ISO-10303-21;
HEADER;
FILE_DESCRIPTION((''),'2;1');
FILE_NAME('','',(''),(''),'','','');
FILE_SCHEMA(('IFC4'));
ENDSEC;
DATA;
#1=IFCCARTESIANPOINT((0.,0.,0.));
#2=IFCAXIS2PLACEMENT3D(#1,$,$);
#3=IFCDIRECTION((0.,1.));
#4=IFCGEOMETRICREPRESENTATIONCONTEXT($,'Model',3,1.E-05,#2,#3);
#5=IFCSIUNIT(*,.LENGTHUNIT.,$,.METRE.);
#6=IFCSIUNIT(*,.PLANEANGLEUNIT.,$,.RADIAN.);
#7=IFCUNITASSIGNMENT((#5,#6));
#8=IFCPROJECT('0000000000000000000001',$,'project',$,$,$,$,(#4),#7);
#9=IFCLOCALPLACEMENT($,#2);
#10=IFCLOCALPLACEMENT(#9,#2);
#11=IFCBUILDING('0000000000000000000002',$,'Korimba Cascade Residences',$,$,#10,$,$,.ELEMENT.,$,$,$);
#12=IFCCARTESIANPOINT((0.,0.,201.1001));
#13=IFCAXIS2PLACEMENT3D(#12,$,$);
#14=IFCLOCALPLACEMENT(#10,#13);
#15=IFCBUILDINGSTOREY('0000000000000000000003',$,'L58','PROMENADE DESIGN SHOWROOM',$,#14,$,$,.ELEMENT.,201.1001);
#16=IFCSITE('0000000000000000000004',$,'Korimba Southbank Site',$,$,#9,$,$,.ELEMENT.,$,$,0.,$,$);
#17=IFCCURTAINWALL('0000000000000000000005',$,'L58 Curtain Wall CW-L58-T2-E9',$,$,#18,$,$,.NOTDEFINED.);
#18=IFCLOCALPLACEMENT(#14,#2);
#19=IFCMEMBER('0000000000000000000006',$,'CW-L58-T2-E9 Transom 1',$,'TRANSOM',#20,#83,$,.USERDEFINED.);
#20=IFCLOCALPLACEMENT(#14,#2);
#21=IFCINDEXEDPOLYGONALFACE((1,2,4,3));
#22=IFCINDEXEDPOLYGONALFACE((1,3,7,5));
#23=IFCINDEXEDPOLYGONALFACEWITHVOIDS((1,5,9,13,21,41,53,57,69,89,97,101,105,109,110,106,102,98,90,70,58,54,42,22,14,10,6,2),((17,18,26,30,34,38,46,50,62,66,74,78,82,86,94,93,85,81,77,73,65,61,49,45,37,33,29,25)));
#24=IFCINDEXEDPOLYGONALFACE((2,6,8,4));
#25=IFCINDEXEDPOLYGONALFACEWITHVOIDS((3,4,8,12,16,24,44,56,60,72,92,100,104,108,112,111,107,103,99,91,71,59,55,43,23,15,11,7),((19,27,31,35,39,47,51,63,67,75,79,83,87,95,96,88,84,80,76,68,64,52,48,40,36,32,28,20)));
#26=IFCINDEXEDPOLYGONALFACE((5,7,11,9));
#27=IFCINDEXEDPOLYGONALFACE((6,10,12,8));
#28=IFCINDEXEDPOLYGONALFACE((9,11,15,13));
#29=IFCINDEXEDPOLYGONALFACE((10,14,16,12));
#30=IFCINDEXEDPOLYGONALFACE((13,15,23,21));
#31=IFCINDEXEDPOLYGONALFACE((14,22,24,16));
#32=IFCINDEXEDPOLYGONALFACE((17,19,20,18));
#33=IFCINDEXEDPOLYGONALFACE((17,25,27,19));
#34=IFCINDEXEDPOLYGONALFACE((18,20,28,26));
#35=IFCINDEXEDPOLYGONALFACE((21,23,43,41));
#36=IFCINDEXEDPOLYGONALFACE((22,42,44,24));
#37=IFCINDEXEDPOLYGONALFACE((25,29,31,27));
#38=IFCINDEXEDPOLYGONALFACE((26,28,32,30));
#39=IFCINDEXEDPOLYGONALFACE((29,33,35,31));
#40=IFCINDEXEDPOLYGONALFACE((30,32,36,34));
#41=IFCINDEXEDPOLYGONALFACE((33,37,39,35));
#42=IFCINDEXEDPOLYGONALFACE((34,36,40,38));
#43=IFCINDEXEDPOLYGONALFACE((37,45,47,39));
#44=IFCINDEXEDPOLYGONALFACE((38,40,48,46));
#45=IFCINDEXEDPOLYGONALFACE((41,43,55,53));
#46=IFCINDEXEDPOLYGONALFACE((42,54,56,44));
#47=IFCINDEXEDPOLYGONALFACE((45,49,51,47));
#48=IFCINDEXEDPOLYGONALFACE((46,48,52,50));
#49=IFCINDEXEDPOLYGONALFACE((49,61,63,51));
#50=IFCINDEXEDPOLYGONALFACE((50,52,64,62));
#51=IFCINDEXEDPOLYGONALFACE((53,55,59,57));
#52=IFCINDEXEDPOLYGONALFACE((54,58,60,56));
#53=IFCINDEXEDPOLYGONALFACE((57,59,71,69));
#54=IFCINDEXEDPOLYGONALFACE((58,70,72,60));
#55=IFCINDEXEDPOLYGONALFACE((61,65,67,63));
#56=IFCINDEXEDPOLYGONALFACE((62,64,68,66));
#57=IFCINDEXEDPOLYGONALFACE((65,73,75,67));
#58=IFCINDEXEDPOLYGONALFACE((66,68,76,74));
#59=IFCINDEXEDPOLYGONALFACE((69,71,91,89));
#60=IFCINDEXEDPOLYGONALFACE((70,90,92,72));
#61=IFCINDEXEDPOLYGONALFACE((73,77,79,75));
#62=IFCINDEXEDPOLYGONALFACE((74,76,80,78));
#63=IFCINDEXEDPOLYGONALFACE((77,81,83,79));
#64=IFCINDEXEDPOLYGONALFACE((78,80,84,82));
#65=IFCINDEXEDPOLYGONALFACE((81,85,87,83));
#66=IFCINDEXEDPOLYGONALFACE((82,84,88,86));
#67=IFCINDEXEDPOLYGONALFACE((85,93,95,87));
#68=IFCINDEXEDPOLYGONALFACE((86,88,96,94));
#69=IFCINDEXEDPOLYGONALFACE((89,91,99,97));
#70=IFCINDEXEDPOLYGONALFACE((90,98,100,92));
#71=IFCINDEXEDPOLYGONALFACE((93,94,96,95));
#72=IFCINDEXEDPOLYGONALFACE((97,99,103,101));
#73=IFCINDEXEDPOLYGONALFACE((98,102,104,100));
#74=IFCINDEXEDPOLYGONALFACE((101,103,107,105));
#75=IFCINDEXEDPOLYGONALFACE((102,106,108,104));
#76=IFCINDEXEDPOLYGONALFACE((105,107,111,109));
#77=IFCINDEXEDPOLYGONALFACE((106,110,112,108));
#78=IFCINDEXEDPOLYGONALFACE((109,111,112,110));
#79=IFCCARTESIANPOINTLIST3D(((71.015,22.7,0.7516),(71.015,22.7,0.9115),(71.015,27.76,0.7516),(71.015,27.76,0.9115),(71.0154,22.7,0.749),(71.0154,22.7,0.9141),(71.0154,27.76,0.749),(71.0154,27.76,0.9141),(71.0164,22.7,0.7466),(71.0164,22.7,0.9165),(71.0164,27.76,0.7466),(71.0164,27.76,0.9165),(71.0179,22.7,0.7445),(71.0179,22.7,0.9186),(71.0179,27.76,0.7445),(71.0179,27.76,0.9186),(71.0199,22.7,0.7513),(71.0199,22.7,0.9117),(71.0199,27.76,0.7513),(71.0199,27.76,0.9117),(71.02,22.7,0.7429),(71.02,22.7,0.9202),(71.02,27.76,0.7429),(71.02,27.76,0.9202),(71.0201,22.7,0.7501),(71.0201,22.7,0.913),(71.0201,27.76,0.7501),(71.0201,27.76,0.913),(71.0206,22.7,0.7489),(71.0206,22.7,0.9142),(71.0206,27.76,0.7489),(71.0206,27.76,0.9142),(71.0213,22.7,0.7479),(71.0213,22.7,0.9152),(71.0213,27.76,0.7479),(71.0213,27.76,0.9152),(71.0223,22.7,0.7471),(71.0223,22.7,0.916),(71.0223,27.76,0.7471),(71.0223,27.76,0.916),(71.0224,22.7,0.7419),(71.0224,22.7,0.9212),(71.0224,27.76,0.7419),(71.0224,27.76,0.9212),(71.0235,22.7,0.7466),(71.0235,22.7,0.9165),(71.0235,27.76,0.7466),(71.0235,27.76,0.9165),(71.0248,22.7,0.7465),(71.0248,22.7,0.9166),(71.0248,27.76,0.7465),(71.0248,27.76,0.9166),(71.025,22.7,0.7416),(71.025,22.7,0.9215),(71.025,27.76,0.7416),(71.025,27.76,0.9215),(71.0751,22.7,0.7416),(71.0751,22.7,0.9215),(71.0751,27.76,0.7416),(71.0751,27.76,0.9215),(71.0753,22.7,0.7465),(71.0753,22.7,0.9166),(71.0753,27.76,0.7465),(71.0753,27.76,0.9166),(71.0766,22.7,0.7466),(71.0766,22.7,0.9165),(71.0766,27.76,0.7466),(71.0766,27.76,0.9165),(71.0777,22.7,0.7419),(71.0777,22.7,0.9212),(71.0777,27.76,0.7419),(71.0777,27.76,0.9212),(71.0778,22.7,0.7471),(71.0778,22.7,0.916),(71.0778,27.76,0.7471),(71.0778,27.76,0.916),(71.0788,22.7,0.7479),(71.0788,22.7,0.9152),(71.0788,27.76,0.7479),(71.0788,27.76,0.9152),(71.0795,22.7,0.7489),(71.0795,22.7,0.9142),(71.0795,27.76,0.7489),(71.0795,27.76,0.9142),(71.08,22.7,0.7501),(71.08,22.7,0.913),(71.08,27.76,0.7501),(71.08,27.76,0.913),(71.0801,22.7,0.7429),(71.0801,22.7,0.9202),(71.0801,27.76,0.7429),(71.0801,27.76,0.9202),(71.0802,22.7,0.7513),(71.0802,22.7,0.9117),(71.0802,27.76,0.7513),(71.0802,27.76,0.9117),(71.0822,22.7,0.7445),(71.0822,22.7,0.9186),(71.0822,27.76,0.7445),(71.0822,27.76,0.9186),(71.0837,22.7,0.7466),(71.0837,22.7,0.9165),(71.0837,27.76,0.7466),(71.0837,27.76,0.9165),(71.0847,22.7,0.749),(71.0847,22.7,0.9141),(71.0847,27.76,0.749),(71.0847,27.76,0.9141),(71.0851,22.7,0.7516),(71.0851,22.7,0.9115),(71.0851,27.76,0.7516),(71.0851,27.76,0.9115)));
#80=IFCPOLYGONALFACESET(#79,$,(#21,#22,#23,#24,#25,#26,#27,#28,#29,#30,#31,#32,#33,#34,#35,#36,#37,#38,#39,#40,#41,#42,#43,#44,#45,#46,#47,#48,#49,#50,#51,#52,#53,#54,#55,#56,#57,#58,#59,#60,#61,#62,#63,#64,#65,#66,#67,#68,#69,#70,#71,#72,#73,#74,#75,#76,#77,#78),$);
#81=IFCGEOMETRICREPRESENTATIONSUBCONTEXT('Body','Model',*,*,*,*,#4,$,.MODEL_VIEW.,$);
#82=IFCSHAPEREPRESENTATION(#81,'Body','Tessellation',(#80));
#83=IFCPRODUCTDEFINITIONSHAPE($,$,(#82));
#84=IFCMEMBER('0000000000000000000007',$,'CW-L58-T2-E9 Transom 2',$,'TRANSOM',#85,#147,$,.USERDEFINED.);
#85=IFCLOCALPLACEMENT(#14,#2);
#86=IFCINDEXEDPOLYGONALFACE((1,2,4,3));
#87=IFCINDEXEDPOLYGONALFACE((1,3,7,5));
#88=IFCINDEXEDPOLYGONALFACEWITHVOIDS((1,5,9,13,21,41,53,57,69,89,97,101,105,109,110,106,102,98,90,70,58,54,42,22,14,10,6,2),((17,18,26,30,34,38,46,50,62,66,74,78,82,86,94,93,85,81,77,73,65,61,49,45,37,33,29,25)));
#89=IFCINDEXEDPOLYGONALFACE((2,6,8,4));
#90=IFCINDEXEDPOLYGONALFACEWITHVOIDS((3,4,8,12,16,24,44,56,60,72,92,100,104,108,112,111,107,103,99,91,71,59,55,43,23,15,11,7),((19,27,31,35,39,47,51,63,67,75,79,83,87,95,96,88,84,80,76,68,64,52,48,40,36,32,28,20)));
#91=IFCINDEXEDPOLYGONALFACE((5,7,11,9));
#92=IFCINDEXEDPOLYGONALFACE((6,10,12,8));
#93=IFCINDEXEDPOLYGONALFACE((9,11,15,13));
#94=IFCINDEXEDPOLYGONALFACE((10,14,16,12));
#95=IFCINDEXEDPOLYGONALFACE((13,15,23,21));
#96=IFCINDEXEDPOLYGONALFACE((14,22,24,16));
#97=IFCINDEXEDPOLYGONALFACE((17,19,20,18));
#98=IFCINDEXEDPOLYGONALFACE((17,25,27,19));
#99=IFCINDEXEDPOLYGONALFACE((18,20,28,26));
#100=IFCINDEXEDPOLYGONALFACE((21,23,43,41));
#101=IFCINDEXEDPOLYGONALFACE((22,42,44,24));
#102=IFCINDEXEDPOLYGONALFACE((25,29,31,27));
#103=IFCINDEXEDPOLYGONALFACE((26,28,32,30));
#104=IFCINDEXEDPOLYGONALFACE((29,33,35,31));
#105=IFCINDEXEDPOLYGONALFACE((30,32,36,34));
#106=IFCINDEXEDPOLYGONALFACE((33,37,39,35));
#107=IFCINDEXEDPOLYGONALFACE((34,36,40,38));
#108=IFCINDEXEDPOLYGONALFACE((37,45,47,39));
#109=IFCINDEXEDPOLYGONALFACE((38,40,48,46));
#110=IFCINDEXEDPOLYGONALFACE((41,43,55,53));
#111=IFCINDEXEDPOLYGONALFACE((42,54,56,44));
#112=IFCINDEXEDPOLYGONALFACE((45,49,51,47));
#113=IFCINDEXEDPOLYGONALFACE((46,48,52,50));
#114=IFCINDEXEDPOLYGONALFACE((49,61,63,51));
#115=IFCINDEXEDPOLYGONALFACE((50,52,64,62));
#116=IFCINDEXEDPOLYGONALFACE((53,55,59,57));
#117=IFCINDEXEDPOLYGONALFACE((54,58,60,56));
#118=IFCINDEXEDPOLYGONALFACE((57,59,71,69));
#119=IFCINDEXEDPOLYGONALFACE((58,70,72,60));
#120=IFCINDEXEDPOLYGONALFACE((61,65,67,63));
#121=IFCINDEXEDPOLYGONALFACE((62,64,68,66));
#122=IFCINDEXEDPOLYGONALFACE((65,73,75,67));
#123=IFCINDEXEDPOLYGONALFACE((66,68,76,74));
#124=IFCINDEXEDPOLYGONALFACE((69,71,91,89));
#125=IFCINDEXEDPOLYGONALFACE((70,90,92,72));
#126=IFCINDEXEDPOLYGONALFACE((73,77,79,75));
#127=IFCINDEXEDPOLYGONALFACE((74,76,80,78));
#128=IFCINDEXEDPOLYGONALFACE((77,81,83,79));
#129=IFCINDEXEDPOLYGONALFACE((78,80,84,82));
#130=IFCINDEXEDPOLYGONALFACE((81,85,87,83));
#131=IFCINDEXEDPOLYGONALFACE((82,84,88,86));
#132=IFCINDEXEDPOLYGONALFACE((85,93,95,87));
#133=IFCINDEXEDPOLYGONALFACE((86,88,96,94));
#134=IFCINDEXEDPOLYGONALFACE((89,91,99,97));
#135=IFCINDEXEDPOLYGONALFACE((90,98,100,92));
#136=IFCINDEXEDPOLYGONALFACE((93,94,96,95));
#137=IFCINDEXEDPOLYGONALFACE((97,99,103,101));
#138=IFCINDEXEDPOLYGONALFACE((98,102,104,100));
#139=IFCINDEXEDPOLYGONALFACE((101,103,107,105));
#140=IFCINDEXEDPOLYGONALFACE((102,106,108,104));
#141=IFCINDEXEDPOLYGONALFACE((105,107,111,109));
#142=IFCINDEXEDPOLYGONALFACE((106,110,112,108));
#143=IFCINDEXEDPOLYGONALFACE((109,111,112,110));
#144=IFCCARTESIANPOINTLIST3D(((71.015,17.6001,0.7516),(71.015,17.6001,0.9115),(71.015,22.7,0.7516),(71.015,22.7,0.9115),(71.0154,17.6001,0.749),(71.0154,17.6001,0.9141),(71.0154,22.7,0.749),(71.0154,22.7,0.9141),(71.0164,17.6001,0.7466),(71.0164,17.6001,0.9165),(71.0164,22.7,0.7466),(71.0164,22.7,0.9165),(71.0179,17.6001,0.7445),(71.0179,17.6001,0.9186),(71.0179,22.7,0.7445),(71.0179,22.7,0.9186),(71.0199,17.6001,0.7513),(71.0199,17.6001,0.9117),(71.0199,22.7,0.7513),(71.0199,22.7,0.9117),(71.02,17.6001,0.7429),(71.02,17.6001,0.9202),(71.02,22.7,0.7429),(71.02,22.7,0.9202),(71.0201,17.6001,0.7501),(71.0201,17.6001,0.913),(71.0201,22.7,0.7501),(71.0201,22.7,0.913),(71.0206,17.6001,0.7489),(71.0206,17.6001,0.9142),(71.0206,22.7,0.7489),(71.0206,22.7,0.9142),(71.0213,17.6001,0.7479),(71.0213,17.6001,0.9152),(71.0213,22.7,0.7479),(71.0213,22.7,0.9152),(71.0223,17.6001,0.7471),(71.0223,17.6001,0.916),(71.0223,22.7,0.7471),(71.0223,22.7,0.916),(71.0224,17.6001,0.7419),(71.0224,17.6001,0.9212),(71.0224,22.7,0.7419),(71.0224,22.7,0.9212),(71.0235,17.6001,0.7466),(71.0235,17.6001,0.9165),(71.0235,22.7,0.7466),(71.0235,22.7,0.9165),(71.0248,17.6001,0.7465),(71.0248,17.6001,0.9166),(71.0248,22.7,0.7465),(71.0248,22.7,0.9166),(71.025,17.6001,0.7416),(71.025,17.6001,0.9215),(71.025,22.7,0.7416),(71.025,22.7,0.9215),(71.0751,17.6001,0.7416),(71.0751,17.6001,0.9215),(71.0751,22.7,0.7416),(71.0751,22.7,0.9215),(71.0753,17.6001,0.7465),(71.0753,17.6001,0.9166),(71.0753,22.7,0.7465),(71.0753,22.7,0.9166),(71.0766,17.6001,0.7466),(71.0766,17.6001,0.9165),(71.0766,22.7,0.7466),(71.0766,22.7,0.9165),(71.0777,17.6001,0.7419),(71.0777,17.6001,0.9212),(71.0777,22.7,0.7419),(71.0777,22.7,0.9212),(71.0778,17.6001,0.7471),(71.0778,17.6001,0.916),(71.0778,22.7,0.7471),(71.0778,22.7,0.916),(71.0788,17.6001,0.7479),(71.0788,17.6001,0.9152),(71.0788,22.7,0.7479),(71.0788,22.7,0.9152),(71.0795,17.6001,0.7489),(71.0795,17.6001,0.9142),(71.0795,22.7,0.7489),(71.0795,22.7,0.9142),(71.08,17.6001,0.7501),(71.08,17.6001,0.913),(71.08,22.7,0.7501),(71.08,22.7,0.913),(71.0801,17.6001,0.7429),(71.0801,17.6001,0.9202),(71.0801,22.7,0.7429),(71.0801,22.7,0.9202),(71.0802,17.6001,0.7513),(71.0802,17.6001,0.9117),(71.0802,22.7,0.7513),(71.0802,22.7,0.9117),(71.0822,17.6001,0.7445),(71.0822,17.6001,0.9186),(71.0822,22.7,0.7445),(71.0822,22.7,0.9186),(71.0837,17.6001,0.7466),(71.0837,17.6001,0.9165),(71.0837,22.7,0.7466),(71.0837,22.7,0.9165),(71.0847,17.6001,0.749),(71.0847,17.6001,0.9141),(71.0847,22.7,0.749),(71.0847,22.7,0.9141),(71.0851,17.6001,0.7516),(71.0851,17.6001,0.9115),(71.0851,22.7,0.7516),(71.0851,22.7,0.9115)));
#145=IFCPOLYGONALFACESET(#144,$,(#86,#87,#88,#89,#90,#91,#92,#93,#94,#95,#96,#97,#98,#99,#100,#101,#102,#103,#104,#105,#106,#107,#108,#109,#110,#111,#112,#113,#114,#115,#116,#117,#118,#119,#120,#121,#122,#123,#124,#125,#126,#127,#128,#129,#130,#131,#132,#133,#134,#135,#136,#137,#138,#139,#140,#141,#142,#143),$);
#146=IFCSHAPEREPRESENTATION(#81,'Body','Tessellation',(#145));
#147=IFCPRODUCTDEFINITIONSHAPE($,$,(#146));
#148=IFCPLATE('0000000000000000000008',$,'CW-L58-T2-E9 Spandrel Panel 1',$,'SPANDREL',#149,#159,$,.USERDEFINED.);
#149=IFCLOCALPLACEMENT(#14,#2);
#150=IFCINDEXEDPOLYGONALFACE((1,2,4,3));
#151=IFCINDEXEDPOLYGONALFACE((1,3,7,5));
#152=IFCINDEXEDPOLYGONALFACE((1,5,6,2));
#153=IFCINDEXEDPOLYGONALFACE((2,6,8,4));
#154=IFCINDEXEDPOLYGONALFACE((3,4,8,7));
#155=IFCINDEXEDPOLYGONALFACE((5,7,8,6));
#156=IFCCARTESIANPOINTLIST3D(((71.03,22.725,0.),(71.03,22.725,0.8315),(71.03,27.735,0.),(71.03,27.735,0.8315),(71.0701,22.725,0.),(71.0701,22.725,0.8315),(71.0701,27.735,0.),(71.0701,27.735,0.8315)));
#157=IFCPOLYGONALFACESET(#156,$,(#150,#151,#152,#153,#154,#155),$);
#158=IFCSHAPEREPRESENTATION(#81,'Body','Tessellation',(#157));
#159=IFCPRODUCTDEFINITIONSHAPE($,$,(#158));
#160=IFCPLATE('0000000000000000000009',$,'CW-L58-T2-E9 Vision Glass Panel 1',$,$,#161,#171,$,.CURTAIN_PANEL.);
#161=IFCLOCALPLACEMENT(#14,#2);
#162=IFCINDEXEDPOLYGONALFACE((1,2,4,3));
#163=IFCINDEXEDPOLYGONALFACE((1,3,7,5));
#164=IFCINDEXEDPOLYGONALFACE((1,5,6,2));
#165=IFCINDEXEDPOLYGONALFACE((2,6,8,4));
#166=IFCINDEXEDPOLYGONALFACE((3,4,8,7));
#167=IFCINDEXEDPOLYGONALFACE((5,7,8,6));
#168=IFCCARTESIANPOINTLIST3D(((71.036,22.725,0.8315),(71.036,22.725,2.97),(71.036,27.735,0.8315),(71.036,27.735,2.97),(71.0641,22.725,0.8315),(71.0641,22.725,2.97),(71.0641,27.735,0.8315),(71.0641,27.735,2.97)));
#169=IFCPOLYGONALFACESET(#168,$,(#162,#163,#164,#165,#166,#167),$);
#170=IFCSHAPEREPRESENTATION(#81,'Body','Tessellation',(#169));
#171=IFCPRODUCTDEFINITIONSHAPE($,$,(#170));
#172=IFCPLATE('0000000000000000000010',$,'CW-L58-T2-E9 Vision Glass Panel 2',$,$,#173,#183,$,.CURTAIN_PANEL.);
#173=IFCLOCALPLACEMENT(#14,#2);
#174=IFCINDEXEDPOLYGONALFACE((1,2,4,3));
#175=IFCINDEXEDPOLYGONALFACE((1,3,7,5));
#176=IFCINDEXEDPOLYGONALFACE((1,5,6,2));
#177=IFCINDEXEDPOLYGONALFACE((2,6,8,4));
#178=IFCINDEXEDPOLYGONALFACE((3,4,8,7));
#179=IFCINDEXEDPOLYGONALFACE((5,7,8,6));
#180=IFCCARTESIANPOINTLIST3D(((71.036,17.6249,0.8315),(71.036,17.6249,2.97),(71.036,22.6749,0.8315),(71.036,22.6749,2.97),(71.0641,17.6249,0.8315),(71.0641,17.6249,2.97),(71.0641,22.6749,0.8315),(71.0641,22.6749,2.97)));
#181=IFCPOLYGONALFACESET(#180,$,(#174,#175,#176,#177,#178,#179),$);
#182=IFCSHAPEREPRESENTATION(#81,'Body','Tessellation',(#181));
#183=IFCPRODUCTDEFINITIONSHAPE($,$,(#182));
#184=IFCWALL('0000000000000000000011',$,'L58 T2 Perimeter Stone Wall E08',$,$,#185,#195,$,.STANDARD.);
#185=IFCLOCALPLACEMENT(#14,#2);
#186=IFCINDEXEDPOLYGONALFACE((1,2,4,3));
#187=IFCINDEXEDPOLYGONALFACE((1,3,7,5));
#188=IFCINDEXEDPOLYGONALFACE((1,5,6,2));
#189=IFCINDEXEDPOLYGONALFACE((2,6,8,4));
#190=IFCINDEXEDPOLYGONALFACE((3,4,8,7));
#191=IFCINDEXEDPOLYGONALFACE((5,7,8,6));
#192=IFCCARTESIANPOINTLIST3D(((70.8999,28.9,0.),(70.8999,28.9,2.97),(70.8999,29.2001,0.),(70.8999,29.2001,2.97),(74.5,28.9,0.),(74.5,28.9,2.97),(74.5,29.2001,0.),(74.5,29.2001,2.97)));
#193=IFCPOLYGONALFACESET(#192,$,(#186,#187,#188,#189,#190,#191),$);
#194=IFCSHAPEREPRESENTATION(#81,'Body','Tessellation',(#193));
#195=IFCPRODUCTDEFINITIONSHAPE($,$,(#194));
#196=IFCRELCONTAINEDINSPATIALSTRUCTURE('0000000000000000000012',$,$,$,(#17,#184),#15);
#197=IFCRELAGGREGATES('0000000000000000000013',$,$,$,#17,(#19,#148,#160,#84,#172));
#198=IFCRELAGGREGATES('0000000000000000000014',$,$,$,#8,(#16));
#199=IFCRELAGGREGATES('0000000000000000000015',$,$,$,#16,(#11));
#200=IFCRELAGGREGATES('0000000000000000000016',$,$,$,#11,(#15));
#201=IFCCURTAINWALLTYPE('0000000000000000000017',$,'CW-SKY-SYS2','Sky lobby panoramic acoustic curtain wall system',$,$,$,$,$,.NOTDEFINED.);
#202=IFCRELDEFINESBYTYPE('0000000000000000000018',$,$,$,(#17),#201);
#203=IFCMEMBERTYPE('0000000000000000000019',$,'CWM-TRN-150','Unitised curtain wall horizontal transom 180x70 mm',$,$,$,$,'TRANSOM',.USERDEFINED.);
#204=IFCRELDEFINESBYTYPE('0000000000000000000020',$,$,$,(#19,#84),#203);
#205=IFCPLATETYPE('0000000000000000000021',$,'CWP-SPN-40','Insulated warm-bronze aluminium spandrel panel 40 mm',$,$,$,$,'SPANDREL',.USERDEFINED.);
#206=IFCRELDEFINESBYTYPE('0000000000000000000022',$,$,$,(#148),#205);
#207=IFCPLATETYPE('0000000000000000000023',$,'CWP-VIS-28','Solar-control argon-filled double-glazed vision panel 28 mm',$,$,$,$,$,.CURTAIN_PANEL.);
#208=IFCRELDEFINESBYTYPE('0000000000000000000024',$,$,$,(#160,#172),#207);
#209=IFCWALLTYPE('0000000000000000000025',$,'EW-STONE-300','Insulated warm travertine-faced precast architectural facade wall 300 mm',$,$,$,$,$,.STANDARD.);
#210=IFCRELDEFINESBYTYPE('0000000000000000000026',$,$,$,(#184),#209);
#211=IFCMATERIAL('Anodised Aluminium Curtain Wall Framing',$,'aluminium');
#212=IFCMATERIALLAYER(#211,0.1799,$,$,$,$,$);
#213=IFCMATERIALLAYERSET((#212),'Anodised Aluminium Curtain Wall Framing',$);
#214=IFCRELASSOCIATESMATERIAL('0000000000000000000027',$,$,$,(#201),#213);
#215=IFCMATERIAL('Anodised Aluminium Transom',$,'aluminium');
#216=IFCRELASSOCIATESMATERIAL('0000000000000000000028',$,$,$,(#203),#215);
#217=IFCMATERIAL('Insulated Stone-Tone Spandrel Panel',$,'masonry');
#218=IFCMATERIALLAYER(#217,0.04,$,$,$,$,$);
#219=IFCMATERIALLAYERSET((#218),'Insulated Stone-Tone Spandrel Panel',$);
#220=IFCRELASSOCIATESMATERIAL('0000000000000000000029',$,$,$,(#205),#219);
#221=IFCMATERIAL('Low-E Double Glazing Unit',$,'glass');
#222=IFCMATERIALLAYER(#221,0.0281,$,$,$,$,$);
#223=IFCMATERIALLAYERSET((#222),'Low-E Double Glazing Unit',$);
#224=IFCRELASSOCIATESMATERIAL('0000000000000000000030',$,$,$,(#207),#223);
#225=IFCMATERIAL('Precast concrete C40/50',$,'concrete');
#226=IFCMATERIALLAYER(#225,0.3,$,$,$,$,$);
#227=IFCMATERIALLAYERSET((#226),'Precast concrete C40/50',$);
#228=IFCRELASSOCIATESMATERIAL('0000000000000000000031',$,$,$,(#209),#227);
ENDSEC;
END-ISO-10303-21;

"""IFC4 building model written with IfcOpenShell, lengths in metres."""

from ifc_helpers import new_model, si_unit, direction, frame, frame_2d, origin, origin_2d, place, context, subcontext, project, spatial, rectangle, hollow_rectangle, extrude, material, layer, layer_set, material_profile, profile_set, type_object, element, aggregate, save


model = new_model("IFC4")

# Units and contexts
model_context = context("Model", 3, precision=1e-05, world=origin(), true_north=direction((0.0, 1.0)))
body_context = subcontext(model_context, "Body", "Model", "MODEL_VIEW")
ifc_project = project(units=[si_unit("LENGTHUNIT", "METRE"), si_unit("PLANEANGLEUNIT", "RADIAN")], contexts=[model_context])

# Site, building, storey
site_placement = place(None, origin())
site = spatial("IfcSite", under=ifc_project, at=site_placement, Name="Korimba Southbank Site", CompositionType="ELEMENT", RefElevation=0.0)
building_placement = place(site_placement, origin())
building = spatial("IfcBuilding", under=site, at=building_placement, Name="Korimba Cascade Residences", CompositionType="ELEMENT")
storey_placement = place(building_placement, frame((0.0, 0.0, 201.1001)))
storey = spatial("IfcBuildingStorey", under=building, at=storey_placement, Name="L58", Description="PROMENADE DESIGN SHOWROOM", CompositionType="ELEMENT", Elevation=201.1001)

# Curtain wall, members, plates
ifc_material_1 = material(Name="Anodised Aluminium Curtain Wall Framing", Category="aluminium")
ifc_layer_1 = layer(ifc_material_1, 0.1799)
ifc_layer_set_1 = layer_set([ifc_layer_1], Name="Anodised Aluminium Curtain Wall Framing")
curtain_wall_type = type_object("IfcCurtainWallType", Name="CW-SKY-SYS2", Description="Sky lobby panoramic acoustic curtain wall system", PredefinedType="NOTDEFINED", material=ifc_layer_set_1)
curtain_wall_placement = place(storey_placement, origin())
curtain_wall = element("IfcCurtainWall", 1, at=curtain_wall_placement, inside=storey, type_object=curtain_wall_type, Name="L58 Curtain Wall CW-L58-T2-E9", PredefinedType="NOTDEFINED")
ifc_material_2 = material(Name="Anodised Aluminium Transom", Category="aluminium")
ifc_material_profile_1 = material_profile(ifc_material_2, hollow_rectangle(XDim=0.0701, YDim=0.1799, WallThickness=0.0049, InnerFilletRadius=0.0049, OuterFilletRadius=0.01, at=origin_2d()), Name="Anodised Aluminium Transom")
ifc_profile_set_1 = profile_set([ifc_material_profile_1], Name="Anodised Aluminium Transom")
member_type_1 = type_object("IfcMemberType", Name="CWM-TRN-150", Description="Unitised curtain wall horizontal transom 180x70 mm", ElementType="TRANSOM", PredefinedType="USERDEFINED", material=ifc_profile_set_1)
member_1_placement = place(storey_placement, frame((71.05, 27.76, 0.8315), z_axis=(0.0, -1.0, 0.0), x_axis=(1.0, 0.0, 0.0)))
member_1 = element("IfcMember", 2, at=member_1_placement, type_object=member_type_1, Name="CW-L58-T2-E9 Transom 1", ObjectType="TRANSOM", PredefinedType="USERDEFINED", context=body_context, shape_type="SweptSolid", body=[
    extrude(hollow_rectangle(XDim=0.0701, YDim=0.1799, WallThickness=0.0049, InnerFilletRadius=0.0049, OuterFilletRadius=0.01, at=origin_2d()), origin(), (0.0, 0.0, 1.0), 5.0601),
])
member_2_placement = place(storey_placement, frame((71.05, 22.7, 0.8315), z_axis=(0.0, -1.0, 0.0), x_axis=(1.0, 0.0, 0.0)))
member_2 = element("IfcMember", 3, at=member_2_placement, type_object=member_type_1, Name="CW-L58-T2-E9 Transom 2", ObjectType="TRANSOM", PredefinedType="USERDEFINED", context=body_context, shape_type="SweptSolid", body=[
    extrude(hollow_rectangle(XDim=0.0701, YDim=0.1799, WallThickness=0.0049, InnerFilletRadius=0.0049, OuterFilletRadius=0.01, at=origin_2d()), origin(), (0.0, 0.0, 1.0), 5.0999),
])
ifc_material_3 = material(Name="Insulated Stone-Tone Spandrel Panel", Category="masonry")
ifc_layer_2 = layer(ifc_material_3, 0.04)
ifc_layer_set_2 = layer_set([ifc_layer_2], Name="Insulated Stone-Tone Spandrel Panel")
plate_type_1 = type_object("IfcPlateType", Name="CWP-SPN-40", Description="Insulated warm-bronze aluminium spandrel panel 40 mm", ElementType="SPANDREL", PredefinedType="USERDEFINED", material=ifc_layer_set_2)
plate_1_placement = place(storey_placement, frame((71.05, 25.23, 0.0), z_axis=(0.0, 0.0, 1.0), x_axis=(0.0, -1.0, 0.0)))
plate_1 = element("IfcPlate", 4, at=plate_1_placement, type_object=plate_type_1, Name="CW-L58-T2-E9 Spandrel Panel 1", ObjectType="SPANDREL", PredefinedType="USERDEFINED", context=body_context, shape_type="SweptSolid", body=[
    extrude(rectangle(XDim=5.01, YDim=0.04, at=origin_2d()), origin(), (0.0, 0.0, 1.0), 0.8315),
])
ifc_material_4 = material(Name="Low-E Double Glazing Unit", Category="glass")
ifc_layer_3 = layer(ifc_material_4, 0.0281)
ifc_layer_set_3 = layer_set([ifc_layer_3], Name="Low-E Double Glazing Unit")
plate_type_2 = type_object("IfcPlateType", Name="CWP-VIS-28", Description="Solar-control argon-filled double-glazed vision panel 28 mm", PredefinedType="CURTAIN_PANEL", material=ifc_layer_set_3)
plate_2_placement = place(storey_placement, frame((71.05, 25.23, 0.8315), z_axis=(0.0, 0.0, 1.0), x_axis=(0.0, -1.0, 0.0)))
plate_2 = element("IfcPlate", 5, at=plate_2_placement, type_object=plate_type_2, Name="CW-L58-T2-E9 Vision Glass Panel 1", PredefinedType="CURTAIN_PANEL", context=body_context, shape_type="SweptSolid", body=[
    extrude(rectangle(XDim=5.01, YDim=0.0281, at=origin_2d()), origin(), (0.0, 0.0, 1.0), 2.1384),
])
plate_3_placement = place(storey_placement, frame((71.05, 20.1499, 0.8315), z_axis=(0.0, 0.0, 1.0), x_axis=(0.0, -1.0, 0.0)))
plate_3 = element("IfcPlate", 6, at=plate_3_placement, type_object=plate_type_2, Name="CW-L58-T2-E9 Vision Glass Panel 2", PredefinedType="CURTAIN_PANEL", context=body_context, shape_type="SweptSolid", body=[
    extrude(rectangle(XDim=5.05, YDim=0.0281, at=origin_2d()), origin(), (0.0, 0.0, 1.0), 2.1384),
])
aggregate(curtain_wall, [member_1, plate_1, plate_2, member_2, plate_3])

# Wall
ifc_material_5 = material(Name="Precast concrete C40/50", Category="concrete")
ifc_layer_4 = layer(ifc_material_5, 0.3)
ifc_layer_set_4 = layer_set([ifc_layer_4], Name="Precast concrete C40/50")
wall_type_1 = type_object("IfcWallType", Name="EW-STONE-300", Description="Insulated warm travertine-faced precast architectural facade wall 300 mm", PredefinedType="STANDARD", material=ifc_layer_set_4)
wall_1_placement = place(storey_placement, frame((74.5, 29.05, 0.0), z_axis=(0.0, 0.0, 1.0), x_axis=(-1.0, 0.0, 0.0)))
element("IfcWall", 7, at=wall_1_placement, inside=storey, type_object=wall_type_1, Name="L58 T2 Perimeter Stone Wall E08", PredefinedType="STANDARD", context=body_context, shape_type="SweptSolid", body=[
    extrude(rectangle(XDim=3.6001, YDim=0.3, at=frame_2d((1.8, 0.0))), origin(), (0.0, 0.0, 1.0), 2.97),
])

save(model, "model.ifc")
